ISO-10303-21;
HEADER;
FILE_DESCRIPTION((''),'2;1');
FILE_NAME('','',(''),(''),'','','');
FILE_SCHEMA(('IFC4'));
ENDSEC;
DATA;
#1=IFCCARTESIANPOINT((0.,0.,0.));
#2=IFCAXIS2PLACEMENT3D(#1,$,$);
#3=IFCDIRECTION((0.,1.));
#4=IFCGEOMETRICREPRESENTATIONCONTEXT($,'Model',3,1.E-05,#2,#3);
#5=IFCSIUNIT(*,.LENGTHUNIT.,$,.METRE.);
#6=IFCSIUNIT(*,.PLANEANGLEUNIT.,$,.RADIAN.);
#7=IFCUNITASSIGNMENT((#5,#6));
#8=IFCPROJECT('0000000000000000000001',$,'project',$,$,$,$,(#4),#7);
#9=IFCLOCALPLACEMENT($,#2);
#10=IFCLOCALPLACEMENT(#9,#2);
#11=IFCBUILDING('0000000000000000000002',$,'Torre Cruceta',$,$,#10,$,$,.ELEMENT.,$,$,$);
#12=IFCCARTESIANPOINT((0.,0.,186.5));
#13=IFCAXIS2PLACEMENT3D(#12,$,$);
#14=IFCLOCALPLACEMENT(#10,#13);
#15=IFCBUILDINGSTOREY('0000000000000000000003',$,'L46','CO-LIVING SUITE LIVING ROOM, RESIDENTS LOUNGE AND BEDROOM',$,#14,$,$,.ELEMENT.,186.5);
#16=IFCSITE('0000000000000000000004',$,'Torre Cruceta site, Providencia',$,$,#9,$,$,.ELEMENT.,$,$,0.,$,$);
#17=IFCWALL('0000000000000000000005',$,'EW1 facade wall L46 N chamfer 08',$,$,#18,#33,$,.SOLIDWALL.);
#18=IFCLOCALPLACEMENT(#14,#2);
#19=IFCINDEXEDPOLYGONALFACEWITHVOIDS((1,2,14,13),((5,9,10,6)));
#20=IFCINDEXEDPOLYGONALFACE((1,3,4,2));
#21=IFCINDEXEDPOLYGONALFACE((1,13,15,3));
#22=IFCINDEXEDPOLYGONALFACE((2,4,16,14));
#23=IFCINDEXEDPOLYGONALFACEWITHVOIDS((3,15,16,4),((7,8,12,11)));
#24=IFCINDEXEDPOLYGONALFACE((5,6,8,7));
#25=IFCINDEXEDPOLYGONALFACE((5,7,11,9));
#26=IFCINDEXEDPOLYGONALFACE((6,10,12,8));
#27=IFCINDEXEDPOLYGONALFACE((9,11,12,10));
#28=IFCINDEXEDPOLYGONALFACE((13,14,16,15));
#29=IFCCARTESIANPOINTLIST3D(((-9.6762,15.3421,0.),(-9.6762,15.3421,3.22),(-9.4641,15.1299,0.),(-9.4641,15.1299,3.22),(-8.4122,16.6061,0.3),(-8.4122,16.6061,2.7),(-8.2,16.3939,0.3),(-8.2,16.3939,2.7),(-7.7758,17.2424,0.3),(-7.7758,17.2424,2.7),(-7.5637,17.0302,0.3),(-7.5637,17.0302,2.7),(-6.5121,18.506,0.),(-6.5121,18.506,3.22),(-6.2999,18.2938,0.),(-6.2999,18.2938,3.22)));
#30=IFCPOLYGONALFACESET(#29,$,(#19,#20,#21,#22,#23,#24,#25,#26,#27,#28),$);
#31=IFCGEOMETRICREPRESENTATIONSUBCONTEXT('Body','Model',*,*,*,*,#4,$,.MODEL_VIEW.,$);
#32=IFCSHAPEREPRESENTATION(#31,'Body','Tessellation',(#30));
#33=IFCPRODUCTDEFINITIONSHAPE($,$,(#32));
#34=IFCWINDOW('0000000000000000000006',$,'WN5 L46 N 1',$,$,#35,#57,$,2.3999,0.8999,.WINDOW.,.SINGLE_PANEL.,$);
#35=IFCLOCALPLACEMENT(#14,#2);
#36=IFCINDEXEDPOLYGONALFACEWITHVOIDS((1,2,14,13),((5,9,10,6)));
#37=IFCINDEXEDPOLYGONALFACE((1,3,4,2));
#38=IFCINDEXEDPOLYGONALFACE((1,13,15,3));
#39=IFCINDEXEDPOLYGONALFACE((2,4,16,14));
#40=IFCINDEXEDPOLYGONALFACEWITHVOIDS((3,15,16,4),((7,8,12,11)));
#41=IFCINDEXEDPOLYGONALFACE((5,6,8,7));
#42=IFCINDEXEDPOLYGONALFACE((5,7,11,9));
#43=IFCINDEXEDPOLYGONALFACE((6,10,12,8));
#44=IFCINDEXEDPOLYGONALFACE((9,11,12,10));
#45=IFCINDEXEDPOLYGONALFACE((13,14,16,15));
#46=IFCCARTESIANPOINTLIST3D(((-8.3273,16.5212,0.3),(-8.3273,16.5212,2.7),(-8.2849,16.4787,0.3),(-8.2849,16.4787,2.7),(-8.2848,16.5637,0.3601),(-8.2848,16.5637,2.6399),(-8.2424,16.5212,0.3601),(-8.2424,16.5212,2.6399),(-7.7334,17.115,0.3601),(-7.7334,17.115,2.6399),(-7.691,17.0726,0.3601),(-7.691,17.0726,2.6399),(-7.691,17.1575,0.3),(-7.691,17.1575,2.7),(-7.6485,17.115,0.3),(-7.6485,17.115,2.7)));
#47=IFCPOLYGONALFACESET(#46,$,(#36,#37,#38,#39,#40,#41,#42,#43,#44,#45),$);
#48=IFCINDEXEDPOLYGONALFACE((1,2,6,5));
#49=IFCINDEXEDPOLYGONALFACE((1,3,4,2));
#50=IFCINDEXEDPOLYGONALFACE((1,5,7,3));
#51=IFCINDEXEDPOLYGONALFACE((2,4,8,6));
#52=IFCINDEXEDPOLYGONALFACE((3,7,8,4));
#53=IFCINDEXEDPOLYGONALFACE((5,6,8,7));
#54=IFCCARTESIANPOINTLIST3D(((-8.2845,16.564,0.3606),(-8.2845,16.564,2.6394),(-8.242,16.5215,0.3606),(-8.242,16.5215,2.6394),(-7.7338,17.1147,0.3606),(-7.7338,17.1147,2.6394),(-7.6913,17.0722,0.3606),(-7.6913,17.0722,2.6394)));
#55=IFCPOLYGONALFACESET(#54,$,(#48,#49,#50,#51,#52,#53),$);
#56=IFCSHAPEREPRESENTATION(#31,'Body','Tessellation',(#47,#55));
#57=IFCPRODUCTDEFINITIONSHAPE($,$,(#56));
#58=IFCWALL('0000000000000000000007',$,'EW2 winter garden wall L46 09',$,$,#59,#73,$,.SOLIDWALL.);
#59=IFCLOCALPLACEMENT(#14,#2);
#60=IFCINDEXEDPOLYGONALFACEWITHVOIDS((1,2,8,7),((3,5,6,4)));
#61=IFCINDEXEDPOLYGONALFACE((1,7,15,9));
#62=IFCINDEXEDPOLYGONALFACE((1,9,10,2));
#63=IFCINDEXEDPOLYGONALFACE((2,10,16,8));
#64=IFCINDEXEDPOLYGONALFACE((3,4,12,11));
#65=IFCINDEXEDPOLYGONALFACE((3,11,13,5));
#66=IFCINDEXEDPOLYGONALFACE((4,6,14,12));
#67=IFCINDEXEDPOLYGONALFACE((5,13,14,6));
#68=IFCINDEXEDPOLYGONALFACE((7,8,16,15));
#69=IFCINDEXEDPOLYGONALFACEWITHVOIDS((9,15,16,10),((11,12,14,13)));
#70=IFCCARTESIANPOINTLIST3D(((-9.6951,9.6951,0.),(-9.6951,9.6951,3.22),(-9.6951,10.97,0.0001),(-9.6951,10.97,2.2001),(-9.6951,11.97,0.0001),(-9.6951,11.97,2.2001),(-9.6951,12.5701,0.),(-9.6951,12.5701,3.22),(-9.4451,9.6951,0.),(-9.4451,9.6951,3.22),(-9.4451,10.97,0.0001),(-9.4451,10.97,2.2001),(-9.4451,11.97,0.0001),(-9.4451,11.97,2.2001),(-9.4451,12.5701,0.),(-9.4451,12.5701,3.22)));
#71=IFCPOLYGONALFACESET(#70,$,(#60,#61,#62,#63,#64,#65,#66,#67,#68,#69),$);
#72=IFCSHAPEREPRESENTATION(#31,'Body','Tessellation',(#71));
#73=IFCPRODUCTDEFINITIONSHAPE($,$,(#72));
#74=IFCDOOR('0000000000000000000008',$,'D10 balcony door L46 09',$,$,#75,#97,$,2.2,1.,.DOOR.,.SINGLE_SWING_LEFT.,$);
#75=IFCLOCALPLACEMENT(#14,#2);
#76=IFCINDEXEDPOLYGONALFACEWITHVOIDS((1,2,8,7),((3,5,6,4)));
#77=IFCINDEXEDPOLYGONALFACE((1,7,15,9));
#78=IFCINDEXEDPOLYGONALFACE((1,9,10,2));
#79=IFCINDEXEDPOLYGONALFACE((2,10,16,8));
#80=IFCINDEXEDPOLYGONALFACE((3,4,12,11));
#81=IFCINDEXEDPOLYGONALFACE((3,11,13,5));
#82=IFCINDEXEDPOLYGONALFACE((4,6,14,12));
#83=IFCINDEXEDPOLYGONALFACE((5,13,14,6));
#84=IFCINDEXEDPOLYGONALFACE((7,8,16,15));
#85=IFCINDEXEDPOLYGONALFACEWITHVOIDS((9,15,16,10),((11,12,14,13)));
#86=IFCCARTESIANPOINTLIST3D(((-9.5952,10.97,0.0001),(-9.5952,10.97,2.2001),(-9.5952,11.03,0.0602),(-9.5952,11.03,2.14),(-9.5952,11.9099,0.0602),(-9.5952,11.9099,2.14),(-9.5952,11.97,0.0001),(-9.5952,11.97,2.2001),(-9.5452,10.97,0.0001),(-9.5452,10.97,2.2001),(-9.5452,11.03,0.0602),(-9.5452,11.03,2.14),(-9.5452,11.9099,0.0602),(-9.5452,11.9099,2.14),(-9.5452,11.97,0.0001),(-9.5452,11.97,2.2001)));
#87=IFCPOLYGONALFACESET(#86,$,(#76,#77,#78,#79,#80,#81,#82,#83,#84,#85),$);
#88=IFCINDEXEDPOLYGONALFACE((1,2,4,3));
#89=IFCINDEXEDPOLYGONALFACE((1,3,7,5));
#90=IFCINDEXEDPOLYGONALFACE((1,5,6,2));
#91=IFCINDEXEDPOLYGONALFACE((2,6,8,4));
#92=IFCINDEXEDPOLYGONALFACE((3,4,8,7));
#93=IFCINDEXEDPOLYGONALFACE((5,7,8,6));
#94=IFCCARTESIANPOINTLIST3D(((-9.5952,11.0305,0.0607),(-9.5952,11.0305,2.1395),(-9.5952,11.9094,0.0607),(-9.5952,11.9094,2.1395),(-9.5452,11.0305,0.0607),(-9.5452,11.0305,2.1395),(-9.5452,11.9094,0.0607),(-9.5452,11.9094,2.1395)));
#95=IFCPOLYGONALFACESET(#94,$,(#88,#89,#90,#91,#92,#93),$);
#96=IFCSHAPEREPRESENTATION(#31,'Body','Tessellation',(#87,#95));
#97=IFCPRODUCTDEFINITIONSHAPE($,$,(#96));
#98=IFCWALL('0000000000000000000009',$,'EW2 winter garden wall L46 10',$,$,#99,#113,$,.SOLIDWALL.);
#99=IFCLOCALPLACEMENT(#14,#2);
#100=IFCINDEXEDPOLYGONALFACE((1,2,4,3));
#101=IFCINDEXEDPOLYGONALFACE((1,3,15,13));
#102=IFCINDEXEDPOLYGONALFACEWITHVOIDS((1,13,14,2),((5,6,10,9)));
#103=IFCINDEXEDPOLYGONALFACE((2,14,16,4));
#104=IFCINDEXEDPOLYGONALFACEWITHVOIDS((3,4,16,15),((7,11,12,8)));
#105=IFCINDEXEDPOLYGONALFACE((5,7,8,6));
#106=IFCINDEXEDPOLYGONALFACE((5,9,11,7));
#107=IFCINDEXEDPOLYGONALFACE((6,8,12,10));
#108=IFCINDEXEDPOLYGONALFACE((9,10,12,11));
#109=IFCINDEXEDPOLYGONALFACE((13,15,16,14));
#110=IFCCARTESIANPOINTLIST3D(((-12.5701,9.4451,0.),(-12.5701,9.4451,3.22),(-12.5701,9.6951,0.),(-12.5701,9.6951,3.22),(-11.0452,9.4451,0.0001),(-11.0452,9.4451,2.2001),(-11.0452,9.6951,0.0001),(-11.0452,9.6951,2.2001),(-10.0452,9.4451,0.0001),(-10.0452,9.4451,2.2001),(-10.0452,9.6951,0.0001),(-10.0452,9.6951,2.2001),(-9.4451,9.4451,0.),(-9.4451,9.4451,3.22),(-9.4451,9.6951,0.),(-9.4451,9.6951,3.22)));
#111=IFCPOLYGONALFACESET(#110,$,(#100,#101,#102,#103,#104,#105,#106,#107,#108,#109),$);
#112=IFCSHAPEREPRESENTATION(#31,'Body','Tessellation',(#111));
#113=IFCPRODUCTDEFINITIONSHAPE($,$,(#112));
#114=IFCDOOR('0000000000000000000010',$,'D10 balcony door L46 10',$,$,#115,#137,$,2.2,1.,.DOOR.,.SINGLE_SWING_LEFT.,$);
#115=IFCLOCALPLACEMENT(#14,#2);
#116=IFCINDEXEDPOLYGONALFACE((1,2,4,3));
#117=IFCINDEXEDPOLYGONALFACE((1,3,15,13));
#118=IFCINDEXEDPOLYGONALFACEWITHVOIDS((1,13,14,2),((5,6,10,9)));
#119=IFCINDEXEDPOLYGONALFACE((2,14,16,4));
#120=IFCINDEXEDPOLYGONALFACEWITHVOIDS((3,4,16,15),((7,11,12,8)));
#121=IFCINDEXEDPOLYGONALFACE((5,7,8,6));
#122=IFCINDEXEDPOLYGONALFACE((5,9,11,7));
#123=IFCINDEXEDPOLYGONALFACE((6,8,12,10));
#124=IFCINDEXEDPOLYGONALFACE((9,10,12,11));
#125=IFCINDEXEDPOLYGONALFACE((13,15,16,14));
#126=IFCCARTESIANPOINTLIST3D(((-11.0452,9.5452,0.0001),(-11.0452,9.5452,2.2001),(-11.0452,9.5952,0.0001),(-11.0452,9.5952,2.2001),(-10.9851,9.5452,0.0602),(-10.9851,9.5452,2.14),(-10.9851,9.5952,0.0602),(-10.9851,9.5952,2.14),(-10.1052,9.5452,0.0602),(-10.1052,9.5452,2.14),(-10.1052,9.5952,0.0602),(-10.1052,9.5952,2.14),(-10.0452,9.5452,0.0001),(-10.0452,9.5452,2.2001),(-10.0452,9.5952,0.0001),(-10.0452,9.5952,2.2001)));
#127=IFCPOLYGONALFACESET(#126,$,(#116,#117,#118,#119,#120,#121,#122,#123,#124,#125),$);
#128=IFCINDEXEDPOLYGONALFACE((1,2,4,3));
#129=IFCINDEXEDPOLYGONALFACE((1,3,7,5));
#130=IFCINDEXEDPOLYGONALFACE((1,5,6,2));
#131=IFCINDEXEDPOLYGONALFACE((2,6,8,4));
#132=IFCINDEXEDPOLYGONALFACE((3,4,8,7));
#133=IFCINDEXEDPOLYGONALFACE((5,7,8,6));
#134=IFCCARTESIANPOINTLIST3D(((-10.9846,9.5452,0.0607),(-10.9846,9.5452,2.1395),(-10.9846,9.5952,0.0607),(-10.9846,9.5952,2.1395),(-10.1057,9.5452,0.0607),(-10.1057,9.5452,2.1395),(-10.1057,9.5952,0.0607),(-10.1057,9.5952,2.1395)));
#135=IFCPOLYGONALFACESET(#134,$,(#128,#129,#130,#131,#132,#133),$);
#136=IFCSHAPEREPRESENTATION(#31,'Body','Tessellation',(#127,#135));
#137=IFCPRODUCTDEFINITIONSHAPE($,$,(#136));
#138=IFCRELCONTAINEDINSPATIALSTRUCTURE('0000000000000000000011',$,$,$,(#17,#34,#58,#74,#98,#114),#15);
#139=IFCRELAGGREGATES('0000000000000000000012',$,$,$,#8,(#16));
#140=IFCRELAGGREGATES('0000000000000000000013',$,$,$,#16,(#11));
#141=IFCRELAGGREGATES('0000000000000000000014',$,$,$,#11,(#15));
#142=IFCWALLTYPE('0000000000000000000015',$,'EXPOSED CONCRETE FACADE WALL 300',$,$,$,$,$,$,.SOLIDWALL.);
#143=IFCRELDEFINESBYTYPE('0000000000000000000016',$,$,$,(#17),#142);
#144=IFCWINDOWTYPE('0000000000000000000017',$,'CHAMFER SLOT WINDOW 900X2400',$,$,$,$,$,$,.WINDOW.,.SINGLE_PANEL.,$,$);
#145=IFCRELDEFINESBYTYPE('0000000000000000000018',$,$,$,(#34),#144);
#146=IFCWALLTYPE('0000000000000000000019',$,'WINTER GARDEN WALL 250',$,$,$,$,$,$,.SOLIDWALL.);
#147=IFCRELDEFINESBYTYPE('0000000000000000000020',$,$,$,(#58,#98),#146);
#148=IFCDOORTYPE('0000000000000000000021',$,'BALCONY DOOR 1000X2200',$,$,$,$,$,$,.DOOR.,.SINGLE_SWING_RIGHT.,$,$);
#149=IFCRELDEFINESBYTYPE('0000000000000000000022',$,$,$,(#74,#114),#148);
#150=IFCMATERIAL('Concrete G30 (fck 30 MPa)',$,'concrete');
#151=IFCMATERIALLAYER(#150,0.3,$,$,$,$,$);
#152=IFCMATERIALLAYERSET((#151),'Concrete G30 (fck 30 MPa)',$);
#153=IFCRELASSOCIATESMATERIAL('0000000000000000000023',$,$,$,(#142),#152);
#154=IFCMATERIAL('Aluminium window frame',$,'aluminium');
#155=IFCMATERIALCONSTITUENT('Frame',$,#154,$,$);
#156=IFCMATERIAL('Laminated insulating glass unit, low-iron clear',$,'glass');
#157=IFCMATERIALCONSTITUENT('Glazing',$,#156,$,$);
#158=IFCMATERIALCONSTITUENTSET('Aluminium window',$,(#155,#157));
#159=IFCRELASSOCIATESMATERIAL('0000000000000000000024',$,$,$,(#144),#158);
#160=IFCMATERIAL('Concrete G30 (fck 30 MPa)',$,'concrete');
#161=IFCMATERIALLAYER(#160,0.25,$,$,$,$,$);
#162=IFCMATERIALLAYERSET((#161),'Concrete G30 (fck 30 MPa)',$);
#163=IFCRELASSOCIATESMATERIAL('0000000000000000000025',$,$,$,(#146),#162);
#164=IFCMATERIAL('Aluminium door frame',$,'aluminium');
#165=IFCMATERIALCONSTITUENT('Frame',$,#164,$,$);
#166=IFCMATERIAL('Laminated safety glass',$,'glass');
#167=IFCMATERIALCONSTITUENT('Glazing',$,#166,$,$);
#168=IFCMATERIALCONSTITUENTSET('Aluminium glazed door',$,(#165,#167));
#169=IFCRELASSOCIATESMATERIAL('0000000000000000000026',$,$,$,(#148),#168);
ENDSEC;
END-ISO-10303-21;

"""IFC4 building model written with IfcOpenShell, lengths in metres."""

from ifc_helpers import new_model, si_unit, direction, frame, frame_2d, origin, place, context, subcontext, project, spatial, rectangle, hollow_rectangle, extrude, material, layer, layer_set, constituent, constituent_set, type_object, element, fill, save


model = new_model("IFC4")

# Units and contexts
model_context = context("Model", 3, precision=1e-05, world=origin(), true_north=direction((0.0, 1.0)))
body_context = subcontext(model_context, "Body", "Model", "MODEL_VIEW")
ifc_project = project(units=[si_unit("LENGTHUNIT", "METRE"), si_unit("PLANEANGLEUNIT", "RADIAN")], contexts=[model_context])

# Site, building, storey
site_placement = place(None, origin())
site = spatial("IfcSite", under=ifc_project, at=site_placement, Name="Torre Cruceta site, Providencia", CompositionType="ELEMENT", RefElevation=0.0)
building_placement = place(site_placement, origin())
building = spatial("IfcBuilding", under=site, at=building_placement, Name="Torre Cruceta", CompositionType="ELEMENT")
storey_placement = place(building_placement, frame((0.0, 0.0, 186.5)))
storey = spatial("IfcBuildingStorey", under=building, at=storey_placement, Name="L46", Description="CO-LIVING SUITE LIVING ROOM, RESIDENTS LOUNGE AND BEDROOM", CompositionType="ELEMENT", Elevation=186.5)

# Wall, opening, window
ifc_material_1 = material(Name="Concrete G30 (fck 30 MPa)", Category="concrete")
ifc_layer_1 = layer(ifc_material_1, 0.3)
ifc_layer_set_1 = layer_set([ifc_layer_1], Name="Concrete G30 (fck 30 MPa)")
wall_type_1 = type_object("IfcWallType", Name="EXPOSED CONCRETE FACADE WALL 300", PredefinedType="SOLIDWALL", material=ifc_layer_set_1)
wall_1_placement = place(storey_placement, frame((-6.406, 18.3999, 0.0), z_axis=(0.0, 0.0, 1.0), x_axis=(-0.707134, -0.707079, 0.0)))
wall_1 = element("IfcWall", 1, at=wall_1_placement, inside=storey, type_object=wall_type_1, Name="EW1 facade wall L46 N chamfer 08", PredefinedType="SOLIDWALL", context=body_context, shape_type="SweptSolid", body=[
    extrude(rectangle(XDim=4.4746, YDim=0.3, at=frame_2d((2.2373, 0.0))), origin(), (0.0, 0.0, 1.0), 3.22),
])
opening_1_placement = place(wall_1_placement, frame((1.7871, 0.0, 0.3)))
opening_1 = element("IfcOpeningElement", 2, at=opening_1_placement, cuts=wall_1, PredefinedType="OPENING", context=body_context, shape_type="SweptSolid", body=[
    extrude(rectangle(XDim=0.8999, YDim=2.3999, at=frame_2d((0.45, 1.2))), frame((0.0, 0.1599, 0.0), z_axis=(0.0, -1.0, 0.0), x_axis=(1.0, 0.0, 0.0)), (0.0, 0.0, 1.0), 0.3201),
])
ifc_material_2 = material(Name="Aluminium window frame", Category="aluminium")
ifc_constituent_1 = constituent(ifc_material_2, Name="Frame")
ifc_material_3 = material(Name="Laminated insulating glass unit, low-iron clear", Category="glass")
ifc_constituent_2 = constituent(ifc_material_3, Name="Glazing")
ifc_constituent_set_1 = constituent_set(constituents=[ifc_constituent_1, ifc_constituent_2], Name="Aluminium window")
window_type = type_object("IfcWindowType", Name="CHAMFER SLOT WINDOW 900X2400", PartitioningType="SINGLE_PANEL", PredefinedType="WINDOW", material=ifc_constituent_set_1)
window_placement = place(opening_1_placement, origin())
window = element("IfcWindow", 3, at=window_placement, inside=storey, type_object=window_type, Name="WN5 L46 N 1", OverallHeight=2.3999, OverallWidth=0.8999, PartitioningType="SINGLE_PANEL", PredefinedType="WINDOW", context=body_context, shape_type="SweptSolid", body=[
    extrude(hollow_rectangle(XDim=0.8999, YDim=2.3999, WallThickness=0.0601, at=frame_2d((0.45, 1.2))), frame((0.0, 0.03, 0.0), z_axis=(0.0, -1.0, 0.0), x_axis=(1.0, 0.0, 0.0)), (0.0, 0.0, 1.0), 0.0601),
    extrude(rectangle(XDim=0.7788, YDim=2.2788, at=frame_2d((0.45, 1.2))), frame((0.0, 0.03, 0.0), z_axis=(0.0, -1.0, 0.0), x_axis=(1.0, 0.0, 0.0)), (0.0, 0.0, 1.0), 0.0601),
])
fill(opening_1, window)

# Walls, openings, doors
ifc_material_4 = material(Name="Concrete G30 (fck 30 MPa)", Category="concrete")
ifc_layer_2 = layer(ifc_material_4, 0.25)
ifc_layer_set_2 = layer_set([ifc_layer_2], Name="Concrete G30 (fck 30 MPa)")
wall_type_2 = type_object("IfcWallType", Name="WINTER GARDEN WALL 250", PredefinedType="SOLIDWALL", material=ifc_layer_set_2)
wall_2_placement = place(storey_placement, frame((-9.5701, 12.5701, 0.0), z_axis=(0.0, 0.0, 1.0), x_axis=(0.0, -1.0, 0.0)))
wall_2 = element("IfcWall", 4, at=wall_2_placement, inside=storey, type_object=wall_type_2, Name="EW2 winter garden wall L46 09", PredefinedType="SOLIDWALL", context=body_context, shape_type="SweptSolid", body=[
    extrude(rectangle(XDim=2.875, YDim=0.25, at=frame_2d((1.4375, 0.0))), origin(), (0.0, 0.0, 1.0), 3.22),
])
opening_2_placement = place(wall_2_placement, frame((0.6001, 0.0, 0.0)))
opening_2 = element("IfcOpeningElement", 5, at=opening_2_placement, cuts=wall_2, PredefinedType="OPENING", context=body_context, shape_type="SweptSolid", body=[
    extrude(rectangle(XDim=1.0, YDim=2.2, at=frame_2d((0.5, 1.1001))), frame((0.0, 0.135, 0.0), z_axis=(0.0, -1.0, 0.0), x_axis=(1.0, 0.0, 0.0)), (0.0, 0.0, 1.0), 0.27),
])
ifc_material_5 = material(Name="Aluminium door frame", Category="aluminium")
ifc_constituent_3 = constituent(ifc_material_5, Name="Frame")
ifc_material_6 = material(Name="Laminated safety glass", Category="glass")
ifc_constituent_4 = constituent(ifc_material_6, Name="Glazing")
ifc_constituent_set_2 = constituent_set(constituents=[ifc_constituent_3, ifc_constituent_4], Name="Aluminium glazed door")
door_type_1 = type_object("IfcDoorType", Name="BALCONY DOOR 1000X2200", OperationType="SINGLE_SWING_RIGHT", PredefinedType="DOOR", material=ifc_constituent_set_2)
door_1_placement = place(opening_2_placement, origin())
door_1 = element("IfcDoor", 6, at=door_1_placement, inside=storey, type_object=door_type_1, Name="D10 balcony door L46 09", OperationType="SINGLE_SWING_LEFT", OverallHeight=2.2, OverallWidth=1.0, PredefinedType="DOOR", context=body_context, shape_type="SweptSolid", body=[
    extrude(hollow_rectangle(XDim=1.0, YDim=2.2, WallThickness=0.0601, at=frame_2d((0.5, 1.1001))), frame((0.0, 0.0249, 0.0), z_axis=(0.0, -1.0, 0.0), x_axis=(1.0, 0.0, 0.0)), (0.0, 0.0, 1.0), 0.05),
    extrude(rectangle(XDim=0.8789, YDim=2.0789, at=frame_2d((0.5, 1.1001))), frame((0.0, 0.0249, 0.0), z_axis=(0.0, -1.0, 0.0), x_axis=(1.0, 0.0, 0.0)), (0.0, 0.0, 1.0), 0.05),
])
fill(opening_2, door_1)
wall_3_placement = place(storey_placement, frame((-9.4451, 9.5701, 0.0), z_axis=(0.0, 0.0, 1.0), x_axis=(-1.0, 0.0, 0.0)))
wall_3 = element("IfcWall", 7, at=wall_3_placement, inside=storey, type_object=wall_type_2, Name="EW2 winter garden wall L46 10", PredefinedType="SOLIDWALL", context=body_context, shape_type="SweptSolid", body=[
    extrude(rectangle(XDim=3.125, YDim=0.25, at=frame_2d((1.5625, 0.0))), origin(), (0.0, 0.0, 1.0), 3.22),
])
opening_3_placement = place(wall_3_placement, frame((0.6001, 0.0, 0.0)))
opening_3 = element("IfcOpeningElement", 8, at=opening_3_placement, cuts=wall_3, PredefinedType="OPENING", context=body_context, shape_type="SweptSolid", body=[
    extrude(rectangle(XDim=1.0, YDim=2.2, at=frame_2d((0.5, 1.1001))), frame((0.0, 0.135, 0.0), z_axis=(0.0, -1.0, 0.0), x_axis=(1.0, 0.0, 0.0)), (0.0, 0.0, 1.0), 0.27),
])
door_2_placement = place(opening_3_placement, origin())
door_2 = element("IfcDoor", 9, at=door_2_placement, inside=storey, type_object=door_type_1, Name="D10 balcony door L46 10", OperationType="SINGLE_SWING_LEFT", OverallHeight=2.2, OverallWidth=1.0, PredefinedType="DOOR", context=body_context, shape_type="SweptSolid", body=[
    extrude(hollow_rectangle(XDim=1.0, YDim=2.2, WallThickness=0.0601, at=frame_2d((0.5, 1.1001))), frame((0.0, 0.0249, 0.0), z_axis=(0.0, -1.0, 0.0), x_axis=(1.0, 0.0, 0.0)), (0.0, 0.0, 1.0), 0.05),
    extrude(rectangle(XDim=0.8789, YDim=2.0789, at=frame_2d((0.5, 1.1001))), frame((0.0, 0.0249, 0.0), z_axis=(0.0, -1.0, 0.0), x_axis=(1.0, 0.0, 0.0)), (0.0, 0.0, 1.0), 0.05),
])
fill(opening_3, door_2)

save(model, "model.ifc")
